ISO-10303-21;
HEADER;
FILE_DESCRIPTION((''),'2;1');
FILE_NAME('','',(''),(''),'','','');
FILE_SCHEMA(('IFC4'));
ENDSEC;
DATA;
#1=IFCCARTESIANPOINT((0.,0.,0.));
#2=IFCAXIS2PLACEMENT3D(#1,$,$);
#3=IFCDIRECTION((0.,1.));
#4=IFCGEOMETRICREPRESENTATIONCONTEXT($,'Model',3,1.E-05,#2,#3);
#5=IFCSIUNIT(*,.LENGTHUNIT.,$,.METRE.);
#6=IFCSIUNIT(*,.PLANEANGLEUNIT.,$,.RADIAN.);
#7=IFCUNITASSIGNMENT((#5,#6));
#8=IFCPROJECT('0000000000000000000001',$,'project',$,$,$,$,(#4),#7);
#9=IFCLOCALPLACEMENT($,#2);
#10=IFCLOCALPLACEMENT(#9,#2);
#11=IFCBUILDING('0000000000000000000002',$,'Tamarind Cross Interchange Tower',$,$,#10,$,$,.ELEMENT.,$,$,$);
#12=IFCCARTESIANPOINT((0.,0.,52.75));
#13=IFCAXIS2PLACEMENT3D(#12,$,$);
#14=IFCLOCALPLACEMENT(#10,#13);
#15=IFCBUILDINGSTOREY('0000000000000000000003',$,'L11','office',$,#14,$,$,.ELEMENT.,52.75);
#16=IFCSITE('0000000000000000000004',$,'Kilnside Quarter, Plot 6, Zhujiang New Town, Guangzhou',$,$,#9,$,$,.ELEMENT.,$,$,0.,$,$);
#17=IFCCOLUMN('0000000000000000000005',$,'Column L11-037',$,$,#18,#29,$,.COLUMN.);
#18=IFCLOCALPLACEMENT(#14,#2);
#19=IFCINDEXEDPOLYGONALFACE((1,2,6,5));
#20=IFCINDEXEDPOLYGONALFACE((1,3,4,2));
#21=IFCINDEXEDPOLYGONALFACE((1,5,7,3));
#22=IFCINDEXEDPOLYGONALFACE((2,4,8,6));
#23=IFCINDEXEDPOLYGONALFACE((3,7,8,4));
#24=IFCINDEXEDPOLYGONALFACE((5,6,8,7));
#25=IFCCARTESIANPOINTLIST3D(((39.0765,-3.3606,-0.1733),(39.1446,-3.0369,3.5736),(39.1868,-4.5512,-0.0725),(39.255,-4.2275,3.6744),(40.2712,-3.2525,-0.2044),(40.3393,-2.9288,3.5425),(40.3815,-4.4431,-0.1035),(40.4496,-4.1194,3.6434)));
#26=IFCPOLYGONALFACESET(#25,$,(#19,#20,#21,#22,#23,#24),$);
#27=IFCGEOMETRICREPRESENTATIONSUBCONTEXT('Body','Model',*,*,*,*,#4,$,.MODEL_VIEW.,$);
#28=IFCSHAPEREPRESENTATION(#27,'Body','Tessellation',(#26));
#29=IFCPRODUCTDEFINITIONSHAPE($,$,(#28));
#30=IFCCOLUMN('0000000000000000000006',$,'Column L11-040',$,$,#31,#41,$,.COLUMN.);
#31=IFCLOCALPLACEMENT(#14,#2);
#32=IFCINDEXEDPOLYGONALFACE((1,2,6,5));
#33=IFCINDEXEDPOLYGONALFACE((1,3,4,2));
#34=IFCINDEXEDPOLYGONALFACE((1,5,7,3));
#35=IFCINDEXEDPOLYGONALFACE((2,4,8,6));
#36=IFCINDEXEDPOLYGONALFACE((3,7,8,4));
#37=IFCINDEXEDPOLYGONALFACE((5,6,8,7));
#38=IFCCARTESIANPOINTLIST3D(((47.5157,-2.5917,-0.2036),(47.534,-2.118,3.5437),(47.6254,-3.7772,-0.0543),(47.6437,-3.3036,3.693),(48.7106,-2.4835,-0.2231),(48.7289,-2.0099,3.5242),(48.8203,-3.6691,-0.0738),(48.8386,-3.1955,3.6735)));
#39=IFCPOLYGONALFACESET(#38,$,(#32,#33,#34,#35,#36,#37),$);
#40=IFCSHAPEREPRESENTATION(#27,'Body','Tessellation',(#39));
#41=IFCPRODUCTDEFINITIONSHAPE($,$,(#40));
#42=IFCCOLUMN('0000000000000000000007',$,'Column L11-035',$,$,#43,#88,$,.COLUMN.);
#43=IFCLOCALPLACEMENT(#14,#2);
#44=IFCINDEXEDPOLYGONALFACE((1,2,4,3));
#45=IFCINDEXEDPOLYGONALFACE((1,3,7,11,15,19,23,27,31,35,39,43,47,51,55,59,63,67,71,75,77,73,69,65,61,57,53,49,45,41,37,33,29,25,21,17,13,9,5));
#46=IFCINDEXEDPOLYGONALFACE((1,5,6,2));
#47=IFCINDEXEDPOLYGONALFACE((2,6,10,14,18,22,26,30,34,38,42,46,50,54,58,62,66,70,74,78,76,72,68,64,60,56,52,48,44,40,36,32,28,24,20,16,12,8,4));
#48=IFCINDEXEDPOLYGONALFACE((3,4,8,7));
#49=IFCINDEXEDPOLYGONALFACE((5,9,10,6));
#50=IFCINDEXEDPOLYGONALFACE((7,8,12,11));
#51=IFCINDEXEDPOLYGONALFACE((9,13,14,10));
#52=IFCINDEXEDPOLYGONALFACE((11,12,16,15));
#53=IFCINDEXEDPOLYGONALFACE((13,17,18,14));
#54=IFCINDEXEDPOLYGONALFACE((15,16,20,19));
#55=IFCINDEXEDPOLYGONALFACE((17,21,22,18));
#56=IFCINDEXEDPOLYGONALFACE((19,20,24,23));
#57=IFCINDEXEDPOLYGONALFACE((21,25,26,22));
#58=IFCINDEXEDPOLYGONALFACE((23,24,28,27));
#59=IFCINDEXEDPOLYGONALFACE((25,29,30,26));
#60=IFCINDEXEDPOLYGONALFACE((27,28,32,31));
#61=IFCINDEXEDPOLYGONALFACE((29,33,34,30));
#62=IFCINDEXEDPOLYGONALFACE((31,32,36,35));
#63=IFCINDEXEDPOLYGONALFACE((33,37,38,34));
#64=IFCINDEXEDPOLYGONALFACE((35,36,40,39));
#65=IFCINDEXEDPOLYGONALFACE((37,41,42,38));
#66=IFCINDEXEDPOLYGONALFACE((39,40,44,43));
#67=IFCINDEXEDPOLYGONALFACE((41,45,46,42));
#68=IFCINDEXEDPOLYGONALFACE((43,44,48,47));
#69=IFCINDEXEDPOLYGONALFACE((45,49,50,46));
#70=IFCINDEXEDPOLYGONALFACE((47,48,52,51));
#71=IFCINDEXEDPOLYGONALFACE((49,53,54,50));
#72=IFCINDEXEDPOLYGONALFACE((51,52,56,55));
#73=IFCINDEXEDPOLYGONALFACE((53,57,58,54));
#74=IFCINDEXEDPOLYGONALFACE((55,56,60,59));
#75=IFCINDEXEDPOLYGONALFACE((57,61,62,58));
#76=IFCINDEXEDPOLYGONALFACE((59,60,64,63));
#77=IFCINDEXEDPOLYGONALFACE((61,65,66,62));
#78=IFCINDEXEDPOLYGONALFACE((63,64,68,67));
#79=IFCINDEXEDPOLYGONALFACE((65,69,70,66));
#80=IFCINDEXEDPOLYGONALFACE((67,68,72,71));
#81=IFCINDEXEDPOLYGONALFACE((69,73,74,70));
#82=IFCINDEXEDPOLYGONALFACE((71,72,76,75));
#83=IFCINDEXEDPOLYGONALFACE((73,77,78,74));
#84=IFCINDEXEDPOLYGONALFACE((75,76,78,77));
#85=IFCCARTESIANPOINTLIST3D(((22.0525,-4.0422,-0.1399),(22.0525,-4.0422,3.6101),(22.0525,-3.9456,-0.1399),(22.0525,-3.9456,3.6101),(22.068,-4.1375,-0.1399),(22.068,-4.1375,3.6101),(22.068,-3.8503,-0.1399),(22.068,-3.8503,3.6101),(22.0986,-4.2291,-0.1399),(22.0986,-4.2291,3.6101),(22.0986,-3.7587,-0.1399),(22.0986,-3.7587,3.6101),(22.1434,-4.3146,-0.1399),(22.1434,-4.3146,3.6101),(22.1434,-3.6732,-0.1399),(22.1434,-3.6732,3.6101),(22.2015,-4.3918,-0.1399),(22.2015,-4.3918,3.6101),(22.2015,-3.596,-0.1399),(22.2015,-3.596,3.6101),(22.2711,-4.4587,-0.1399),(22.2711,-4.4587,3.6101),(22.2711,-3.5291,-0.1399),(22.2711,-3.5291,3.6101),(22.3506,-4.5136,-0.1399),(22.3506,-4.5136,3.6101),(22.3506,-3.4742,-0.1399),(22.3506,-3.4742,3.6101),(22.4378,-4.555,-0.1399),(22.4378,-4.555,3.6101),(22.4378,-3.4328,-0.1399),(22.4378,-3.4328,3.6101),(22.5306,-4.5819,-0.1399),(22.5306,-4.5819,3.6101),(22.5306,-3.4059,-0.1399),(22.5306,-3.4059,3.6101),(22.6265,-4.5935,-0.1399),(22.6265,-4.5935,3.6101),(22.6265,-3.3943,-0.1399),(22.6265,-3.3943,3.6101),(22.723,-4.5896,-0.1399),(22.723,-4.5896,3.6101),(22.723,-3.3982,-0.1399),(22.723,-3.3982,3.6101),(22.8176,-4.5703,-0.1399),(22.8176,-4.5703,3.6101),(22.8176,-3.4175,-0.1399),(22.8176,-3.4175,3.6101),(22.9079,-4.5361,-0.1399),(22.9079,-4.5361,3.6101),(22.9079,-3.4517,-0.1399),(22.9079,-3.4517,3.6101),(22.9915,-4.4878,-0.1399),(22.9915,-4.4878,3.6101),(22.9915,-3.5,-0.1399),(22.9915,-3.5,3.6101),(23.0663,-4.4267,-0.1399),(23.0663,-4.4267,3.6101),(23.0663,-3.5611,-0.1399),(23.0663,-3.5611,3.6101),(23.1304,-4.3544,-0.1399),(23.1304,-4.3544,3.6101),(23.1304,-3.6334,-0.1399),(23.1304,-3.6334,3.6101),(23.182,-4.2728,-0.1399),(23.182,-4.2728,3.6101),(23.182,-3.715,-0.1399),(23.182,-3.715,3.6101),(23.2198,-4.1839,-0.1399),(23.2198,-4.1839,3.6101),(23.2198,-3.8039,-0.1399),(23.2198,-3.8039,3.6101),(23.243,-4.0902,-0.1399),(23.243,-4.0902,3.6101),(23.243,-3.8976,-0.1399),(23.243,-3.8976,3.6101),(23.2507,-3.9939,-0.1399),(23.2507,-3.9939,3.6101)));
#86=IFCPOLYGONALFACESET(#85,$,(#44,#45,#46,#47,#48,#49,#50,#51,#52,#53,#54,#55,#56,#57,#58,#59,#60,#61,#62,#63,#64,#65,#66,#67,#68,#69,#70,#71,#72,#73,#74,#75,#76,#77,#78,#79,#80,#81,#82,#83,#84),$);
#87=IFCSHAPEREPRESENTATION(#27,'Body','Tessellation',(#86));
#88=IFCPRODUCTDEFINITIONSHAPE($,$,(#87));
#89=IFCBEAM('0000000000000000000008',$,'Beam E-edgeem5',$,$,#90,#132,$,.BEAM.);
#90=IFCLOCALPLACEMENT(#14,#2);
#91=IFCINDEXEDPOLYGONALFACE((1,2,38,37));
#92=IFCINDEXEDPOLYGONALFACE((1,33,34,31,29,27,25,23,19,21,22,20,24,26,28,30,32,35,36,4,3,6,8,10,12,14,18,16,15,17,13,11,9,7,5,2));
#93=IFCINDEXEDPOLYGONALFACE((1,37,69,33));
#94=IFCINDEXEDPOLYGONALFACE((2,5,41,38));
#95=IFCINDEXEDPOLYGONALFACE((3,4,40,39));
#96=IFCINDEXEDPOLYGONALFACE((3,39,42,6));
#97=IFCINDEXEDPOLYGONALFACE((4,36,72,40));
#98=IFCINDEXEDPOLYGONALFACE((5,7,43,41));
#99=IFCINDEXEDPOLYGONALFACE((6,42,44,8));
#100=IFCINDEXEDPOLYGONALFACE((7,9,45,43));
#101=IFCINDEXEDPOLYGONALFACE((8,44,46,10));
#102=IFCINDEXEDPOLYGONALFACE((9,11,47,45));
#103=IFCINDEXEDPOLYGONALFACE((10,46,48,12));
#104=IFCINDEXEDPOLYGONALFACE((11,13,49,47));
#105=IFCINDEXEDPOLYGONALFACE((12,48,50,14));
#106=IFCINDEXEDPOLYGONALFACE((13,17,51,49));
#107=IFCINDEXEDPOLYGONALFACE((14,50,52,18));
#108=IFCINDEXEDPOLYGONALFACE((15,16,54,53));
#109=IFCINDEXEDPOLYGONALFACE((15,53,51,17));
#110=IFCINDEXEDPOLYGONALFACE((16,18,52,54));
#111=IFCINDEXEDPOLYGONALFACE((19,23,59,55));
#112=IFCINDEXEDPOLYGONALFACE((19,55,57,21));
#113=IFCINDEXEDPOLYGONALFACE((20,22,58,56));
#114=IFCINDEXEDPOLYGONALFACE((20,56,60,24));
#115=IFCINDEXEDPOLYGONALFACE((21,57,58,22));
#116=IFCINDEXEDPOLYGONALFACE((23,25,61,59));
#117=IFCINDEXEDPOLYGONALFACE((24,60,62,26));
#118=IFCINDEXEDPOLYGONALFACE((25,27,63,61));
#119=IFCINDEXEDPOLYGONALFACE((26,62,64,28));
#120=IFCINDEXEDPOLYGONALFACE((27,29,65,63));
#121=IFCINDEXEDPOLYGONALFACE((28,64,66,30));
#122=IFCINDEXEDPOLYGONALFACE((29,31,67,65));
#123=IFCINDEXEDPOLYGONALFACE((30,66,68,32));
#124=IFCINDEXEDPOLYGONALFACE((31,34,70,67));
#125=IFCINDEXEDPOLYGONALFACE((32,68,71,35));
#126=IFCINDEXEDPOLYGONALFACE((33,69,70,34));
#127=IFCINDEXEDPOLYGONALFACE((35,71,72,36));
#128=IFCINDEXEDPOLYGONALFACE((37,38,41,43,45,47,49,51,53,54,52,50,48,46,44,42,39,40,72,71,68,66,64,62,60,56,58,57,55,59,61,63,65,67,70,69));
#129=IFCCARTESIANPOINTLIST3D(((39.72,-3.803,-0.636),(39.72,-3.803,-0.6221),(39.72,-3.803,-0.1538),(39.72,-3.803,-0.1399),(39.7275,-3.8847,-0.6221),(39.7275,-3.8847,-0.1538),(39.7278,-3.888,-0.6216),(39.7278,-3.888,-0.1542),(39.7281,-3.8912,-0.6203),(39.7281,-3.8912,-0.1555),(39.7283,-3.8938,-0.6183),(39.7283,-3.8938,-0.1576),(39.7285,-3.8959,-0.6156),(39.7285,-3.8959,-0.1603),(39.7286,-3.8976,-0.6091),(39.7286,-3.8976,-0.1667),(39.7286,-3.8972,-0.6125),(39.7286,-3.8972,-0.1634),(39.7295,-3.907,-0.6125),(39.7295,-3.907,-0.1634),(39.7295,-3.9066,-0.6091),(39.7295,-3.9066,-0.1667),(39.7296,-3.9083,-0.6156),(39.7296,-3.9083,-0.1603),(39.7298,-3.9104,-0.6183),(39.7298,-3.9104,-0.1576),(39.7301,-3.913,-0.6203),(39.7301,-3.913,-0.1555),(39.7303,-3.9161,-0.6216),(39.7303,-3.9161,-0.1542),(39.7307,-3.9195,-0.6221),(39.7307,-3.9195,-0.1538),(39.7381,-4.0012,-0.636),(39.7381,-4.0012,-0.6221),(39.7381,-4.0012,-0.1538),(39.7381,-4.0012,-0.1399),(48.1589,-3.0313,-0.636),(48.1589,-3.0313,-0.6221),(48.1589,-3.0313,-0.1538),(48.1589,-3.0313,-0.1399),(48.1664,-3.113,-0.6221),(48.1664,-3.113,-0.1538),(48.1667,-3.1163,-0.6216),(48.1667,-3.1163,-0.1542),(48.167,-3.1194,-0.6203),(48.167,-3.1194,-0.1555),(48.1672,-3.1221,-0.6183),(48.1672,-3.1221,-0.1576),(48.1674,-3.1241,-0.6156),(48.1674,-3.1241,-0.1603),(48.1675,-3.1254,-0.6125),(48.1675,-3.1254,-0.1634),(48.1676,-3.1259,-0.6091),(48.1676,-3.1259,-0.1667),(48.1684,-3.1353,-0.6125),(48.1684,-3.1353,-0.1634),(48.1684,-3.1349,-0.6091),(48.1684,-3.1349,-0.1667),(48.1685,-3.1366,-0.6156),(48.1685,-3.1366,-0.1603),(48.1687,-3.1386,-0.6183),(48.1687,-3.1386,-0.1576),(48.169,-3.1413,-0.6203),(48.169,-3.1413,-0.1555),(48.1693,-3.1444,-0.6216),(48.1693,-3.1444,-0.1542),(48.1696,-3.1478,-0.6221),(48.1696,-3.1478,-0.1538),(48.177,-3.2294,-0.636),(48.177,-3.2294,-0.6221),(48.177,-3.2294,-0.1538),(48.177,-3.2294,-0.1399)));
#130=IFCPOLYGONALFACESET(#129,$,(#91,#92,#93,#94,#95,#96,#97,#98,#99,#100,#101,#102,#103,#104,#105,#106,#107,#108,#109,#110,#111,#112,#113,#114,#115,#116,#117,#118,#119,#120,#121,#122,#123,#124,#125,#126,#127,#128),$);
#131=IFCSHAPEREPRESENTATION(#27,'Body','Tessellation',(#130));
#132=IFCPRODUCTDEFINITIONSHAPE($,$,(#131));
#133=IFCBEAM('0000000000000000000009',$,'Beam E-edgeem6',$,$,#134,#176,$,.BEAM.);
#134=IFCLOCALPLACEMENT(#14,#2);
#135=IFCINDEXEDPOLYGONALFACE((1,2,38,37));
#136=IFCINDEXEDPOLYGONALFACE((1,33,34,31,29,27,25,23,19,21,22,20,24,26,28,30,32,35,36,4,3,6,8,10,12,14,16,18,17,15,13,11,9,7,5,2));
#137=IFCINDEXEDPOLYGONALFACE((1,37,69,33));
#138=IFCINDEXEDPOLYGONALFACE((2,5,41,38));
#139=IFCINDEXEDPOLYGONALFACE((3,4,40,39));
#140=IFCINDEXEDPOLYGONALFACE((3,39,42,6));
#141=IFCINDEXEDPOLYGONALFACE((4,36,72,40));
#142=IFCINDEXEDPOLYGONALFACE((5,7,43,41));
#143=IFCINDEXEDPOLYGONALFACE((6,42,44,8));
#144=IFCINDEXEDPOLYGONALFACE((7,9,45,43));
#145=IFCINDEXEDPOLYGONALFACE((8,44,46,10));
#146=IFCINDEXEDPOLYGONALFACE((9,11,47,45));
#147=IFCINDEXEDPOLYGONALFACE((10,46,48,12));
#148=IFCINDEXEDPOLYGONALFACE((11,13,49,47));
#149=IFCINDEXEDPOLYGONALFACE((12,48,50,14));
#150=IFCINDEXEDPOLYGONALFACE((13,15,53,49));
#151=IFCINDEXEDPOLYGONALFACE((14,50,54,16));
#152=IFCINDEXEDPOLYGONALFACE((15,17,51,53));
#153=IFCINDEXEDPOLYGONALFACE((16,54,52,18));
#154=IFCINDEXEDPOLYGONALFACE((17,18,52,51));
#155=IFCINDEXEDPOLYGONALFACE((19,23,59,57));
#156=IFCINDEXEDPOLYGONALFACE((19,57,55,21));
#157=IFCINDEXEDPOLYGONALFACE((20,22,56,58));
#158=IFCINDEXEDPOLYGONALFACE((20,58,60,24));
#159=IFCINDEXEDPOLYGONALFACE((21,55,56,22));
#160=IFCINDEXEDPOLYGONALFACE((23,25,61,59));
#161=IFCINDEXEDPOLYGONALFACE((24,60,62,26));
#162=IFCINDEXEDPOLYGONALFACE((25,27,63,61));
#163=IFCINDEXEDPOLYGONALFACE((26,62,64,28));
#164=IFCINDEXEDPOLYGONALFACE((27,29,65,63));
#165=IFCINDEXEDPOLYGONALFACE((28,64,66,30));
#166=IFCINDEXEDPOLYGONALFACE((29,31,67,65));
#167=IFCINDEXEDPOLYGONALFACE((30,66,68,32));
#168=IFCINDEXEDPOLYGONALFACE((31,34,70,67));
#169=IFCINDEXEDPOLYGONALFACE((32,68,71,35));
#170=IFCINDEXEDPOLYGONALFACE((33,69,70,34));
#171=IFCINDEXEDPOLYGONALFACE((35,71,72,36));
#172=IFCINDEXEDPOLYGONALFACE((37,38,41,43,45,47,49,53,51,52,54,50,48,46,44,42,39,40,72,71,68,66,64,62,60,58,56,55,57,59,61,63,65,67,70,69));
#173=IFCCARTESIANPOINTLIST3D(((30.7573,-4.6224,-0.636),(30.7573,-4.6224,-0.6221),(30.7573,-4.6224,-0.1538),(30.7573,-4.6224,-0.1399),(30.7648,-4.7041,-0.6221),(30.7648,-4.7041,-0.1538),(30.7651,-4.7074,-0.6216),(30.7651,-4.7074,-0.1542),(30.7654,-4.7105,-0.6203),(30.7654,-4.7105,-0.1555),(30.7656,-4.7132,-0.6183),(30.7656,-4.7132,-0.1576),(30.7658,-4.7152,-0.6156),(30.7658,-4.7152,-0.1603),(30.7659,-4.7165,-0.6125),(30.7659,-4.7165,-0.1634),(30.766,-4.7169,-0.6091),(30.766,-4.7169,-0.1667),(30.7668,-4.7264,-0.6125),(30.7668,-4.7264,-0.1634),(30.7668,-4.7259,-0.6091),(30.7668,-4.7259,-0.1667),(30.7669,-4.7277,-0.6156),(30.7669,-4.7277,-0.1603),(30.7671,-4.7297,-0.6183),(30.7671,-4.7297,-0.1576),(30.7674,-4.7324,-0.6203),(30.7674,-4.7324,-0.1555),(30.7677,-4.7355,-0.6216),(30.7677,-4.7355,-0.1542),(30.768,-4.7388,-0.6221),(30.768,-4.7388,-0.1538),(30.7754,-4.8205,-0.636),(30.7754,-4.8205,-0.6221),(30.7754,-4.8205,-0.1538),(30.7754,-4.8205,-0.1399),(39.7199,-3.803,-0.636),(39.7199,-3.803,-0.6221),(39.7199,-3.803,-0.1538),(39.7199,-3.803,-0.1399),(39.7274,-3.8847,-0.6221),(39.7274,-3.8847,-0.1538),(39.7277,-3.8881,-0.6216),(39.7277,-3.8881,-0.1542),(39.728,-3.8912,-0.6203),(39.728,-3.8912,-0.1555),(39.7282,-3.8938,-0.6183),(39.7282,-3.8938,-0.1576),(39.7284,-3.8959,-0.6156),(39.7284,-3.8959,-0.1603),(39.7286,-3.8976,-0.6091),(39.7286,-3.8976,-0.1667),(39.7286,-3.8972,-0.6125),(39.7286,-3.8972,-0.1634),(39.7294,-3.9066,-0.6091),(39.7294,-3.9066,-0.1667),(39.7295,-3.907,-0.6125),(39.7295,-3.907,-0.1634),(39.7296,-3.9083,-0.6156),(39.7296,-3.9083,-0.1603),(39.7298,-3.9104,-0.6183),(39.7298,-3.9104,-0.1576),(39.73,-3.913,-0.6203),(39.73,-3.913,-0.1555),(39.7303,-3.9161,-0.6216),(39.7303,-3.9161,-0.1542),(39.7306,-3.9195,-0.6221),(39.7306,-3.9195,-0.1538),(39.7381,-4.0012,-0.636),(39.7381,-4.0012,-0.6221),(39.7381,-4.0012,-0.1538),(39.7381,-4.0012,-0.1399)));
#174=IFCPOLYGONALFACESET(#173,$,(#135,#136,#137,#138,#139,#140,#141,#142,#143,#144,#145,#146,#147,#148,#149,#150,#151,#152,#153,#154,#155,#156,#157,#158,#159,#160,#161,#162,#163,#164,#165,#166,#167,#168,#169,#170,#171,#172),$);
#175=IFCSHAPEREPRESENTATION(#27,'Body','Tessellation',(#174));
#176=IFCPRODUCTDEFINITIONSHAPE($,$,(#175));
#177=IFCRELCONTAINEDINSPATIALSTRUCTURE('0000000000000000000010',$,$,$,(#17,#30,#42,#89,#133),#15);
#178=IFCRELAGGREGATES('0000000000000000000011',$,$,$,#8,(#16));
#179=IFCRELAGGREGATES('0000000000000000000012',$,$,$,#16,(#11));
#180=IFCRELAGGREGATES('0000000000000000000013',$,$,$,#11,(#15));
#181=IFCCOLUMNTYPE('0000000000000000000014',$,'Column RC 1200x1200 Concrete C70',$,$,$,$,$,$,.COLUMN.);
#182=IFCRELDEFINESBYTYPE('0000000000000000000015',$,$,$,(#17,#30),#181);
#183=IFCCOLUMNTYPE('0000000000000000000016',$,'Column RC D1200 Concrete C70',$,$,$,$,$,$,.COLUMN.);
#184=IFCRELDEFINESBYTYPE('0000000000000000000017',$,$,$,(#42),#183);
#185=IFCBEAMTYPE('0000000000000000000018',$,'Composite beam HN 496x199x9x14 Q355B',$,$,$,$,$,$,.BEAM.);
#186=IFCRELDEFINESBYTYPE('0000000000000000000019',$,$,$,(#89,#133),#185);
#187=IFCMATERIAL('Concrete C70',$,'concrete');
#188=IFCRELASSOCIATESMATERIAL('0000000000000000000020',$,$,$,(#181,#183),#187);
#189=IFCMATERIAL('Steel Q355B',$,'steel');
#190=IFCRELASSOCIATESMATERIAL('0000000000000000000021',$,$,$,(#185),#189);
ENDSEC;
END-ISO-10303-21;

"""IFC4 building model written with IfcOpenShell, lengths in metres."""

from ifc_helpers import new_model, si_unit, direction, frame, origin, origin_2d, place, context, subcontext, project, spatial, rectangle, circle, i_section, extrude, material, material_profile, profile_set, type_object, element, save


model = new_model("IFC4")

# Units and contexts
model_context = context("Model", 3, precision=1e-05, world=origin(), true_north=direction((0.0, 1.0)))
body_context = subcontext(model_context, "Body", "Model", "MODEL_VIEW")
ifc_project = project(units=[si_unit("LENGTHUNIT", "METRE"), si_unit("PLANEANGLEUNIT", "RADIAN")], contexts=[model_context])

# Site, building, storey
site_placement = place(None, origin())
site = spatial("IfcSite", under=ifc_project, at=site_placement, Name="Kilnside Quarter, Plot 6, Zhujiang New Town, Guangzhou", CompositionType="ELEMENT", RefElevation=0.0)
building_placement = place(site_placement, origin())
building = spatial("IfcBuilding", under=site, at=building_placement, Name="Tamarind Cross Interchange Tower", CompositionType="ELEMENT")
storey_placement = place(building_placement, frame((0.0, 0.0, 52.75)))
storey = spatial("IfcBuildingStorey", under=building, at=storey_placement, Name="L11", Description="office", CompositionType="ELEMENT", Elevation=52.75)

# Columns
ifc_material_1 = material(Name="Concrete C70", Category="concrete")
ifc_material_profile_1 = material_profile(ifc_material_1, rectangle(XDim=1.2, YDim=1.2, at=origin_2d()), Name="RC 1200x1200")
ifc_profile_set_1 = profile_set([ifc_material_profile_1], Name="Concrete C70")
column_type_1 = type_object("IfcColumnType", Name="Column RC 1200x1200 Concrete C70", PredefinedType="COLUMN", material=ifc_profile_set_1)
column_1_placement = place(storey_placement, frame((39.729, -3.9019, -0.1384), z_axis=(0.018109, 0.086066, 0.996125), x_axis=(-0.995599, -0.090072, 0.025882)))
element("IfcColumn", 1, at=column_1_placement, inside=storey, type_object=column_type_1, Name="Column L11-037", PredefinedType="COLUMN", context=body_context, shape_type="SweptSolid", body=[
    extrude(rectangle(XDim=1.2, YDim=1.2, at=origin_2d()), origin(), (0.0, 0.0, 1.0), 3.7615),
])
column_2_placement = place(storey_placement, frame((48.168, -3.1304, -0.1387), z_axis=(0.004848, 0.125393, 0.992095), x_axis=(-0.995799, -0.090112, 0.016255)))
element("IfcColumn", 2, at=column_2_placement, inside=storey, type_object=column_type_1, Name="Column L11-040", PredefinedType="COLUMN", context=body_context, shape_type="SweptSolid", body=[
    extrude(rectangle(XDim=1.2, YDim=1.2, at=origin_2d()), origin(), (0.0, 0.0, 1.0), 3.7771),
])
ifc_material_profile_2 = material_profile(ifc_material_1, circle(Radius=0.6001, at=origin_2d()), Name="RC D1200")
ifc_profile_set_2 = profile_set([ifc_material_profile_2], Name="Concrete C70")
column_type_2 = type_object("IfcColumnType", Name="Column RC D1200 Concrete C70", PredefinedType="COLUMN", material=ifc_profile_set_2)
column_3_placement = place(storey_placement, frame((22.6506, -3.9939, -0.1399), z_axis=(0.0, 0.0, 1.0), x_axis=(1.0, 0.0, 0.0)))
element("IfcColumn", 3, at=column_3_placement, inside=storey, type_object=column_type_2, Name="Column L11-035", PredefinedType="COLUMN", context=body_context, shape_type="SweptSolid", body=[
    extrude(circle(Radius=0.6001, at=origin_2d()), origin(), (0.0, 0.0, 1.0), 3.75),
])

# Beams
ifc_material_2 = material(Name="Steel Q355B", Category="steel")
ifc_material_profile_3 = material_profile(ifc_material_2, i_section(OverallWidth=0.199, OverallDepth=0.4961, WebThickness=0.009, FlangeThickness=0.0139, FilletRadius=0.0129, at=origin_2d()), Name="HN 496x199x9x14")
ifc_profile_set_3 = profile_set([ifc_material_profile_3], Name="Steel Q355B")
beam_type_1 = type_object("IfcBeamType", Name="Composite beam HN 496x199x9x14 Q355B", PredefinedType="BEAM", material=ifc_profile_set_3)
beam_1_placement = place(storey_placement, frame((48.168, -3.1304, -0.3879), z_axis=(-0.995845, -0.091068, 0.0), x_axis=(0.091068, -0.995845, 0.0)))
element("IfcBeam", 4, at=beam_1_placement, inside=storey, type_object=beam_type_1, Name="Beam E-edgeem5", PredefinedType="BEAM", context=body_context, shape_type="SweptSolid", body=[
    extrude(i_section(OverallWidth=0.199, OverallDepth=0.4961, WebThickness=0.009, FlangeThickness=0.0139, FilletRadius=0.0129, at=origin_2d()), origin(), (0.0, 0.0, 1.0), 8.4741),
])
beam_2_placement = place(storey_placement, frame((39.729, -3.9021, -0.3879), z_axis=(-0.995847, -0.091037, 0.0), x_axis=(0.091037, -0.995847, 0.0)))
element("IfcBeam", 5, at=beam_2_placement, inside=storey, type_object=beam_type_1, Name="Beam E-edgeem6", PredefinedType="BEAM", context=body_context, shape_type="SweptSolid", body=[
    extrude(i_section(OverallWidth=0.199, OverallDepth=0.4961, WebThickness=0.009, FlangeThickness=0.0139, FilletRadius=0.0129, at=origin_2d()), origin(), (0.0, 0.0, 1.0), 9.0),
])

save(model, "model.ifc")
